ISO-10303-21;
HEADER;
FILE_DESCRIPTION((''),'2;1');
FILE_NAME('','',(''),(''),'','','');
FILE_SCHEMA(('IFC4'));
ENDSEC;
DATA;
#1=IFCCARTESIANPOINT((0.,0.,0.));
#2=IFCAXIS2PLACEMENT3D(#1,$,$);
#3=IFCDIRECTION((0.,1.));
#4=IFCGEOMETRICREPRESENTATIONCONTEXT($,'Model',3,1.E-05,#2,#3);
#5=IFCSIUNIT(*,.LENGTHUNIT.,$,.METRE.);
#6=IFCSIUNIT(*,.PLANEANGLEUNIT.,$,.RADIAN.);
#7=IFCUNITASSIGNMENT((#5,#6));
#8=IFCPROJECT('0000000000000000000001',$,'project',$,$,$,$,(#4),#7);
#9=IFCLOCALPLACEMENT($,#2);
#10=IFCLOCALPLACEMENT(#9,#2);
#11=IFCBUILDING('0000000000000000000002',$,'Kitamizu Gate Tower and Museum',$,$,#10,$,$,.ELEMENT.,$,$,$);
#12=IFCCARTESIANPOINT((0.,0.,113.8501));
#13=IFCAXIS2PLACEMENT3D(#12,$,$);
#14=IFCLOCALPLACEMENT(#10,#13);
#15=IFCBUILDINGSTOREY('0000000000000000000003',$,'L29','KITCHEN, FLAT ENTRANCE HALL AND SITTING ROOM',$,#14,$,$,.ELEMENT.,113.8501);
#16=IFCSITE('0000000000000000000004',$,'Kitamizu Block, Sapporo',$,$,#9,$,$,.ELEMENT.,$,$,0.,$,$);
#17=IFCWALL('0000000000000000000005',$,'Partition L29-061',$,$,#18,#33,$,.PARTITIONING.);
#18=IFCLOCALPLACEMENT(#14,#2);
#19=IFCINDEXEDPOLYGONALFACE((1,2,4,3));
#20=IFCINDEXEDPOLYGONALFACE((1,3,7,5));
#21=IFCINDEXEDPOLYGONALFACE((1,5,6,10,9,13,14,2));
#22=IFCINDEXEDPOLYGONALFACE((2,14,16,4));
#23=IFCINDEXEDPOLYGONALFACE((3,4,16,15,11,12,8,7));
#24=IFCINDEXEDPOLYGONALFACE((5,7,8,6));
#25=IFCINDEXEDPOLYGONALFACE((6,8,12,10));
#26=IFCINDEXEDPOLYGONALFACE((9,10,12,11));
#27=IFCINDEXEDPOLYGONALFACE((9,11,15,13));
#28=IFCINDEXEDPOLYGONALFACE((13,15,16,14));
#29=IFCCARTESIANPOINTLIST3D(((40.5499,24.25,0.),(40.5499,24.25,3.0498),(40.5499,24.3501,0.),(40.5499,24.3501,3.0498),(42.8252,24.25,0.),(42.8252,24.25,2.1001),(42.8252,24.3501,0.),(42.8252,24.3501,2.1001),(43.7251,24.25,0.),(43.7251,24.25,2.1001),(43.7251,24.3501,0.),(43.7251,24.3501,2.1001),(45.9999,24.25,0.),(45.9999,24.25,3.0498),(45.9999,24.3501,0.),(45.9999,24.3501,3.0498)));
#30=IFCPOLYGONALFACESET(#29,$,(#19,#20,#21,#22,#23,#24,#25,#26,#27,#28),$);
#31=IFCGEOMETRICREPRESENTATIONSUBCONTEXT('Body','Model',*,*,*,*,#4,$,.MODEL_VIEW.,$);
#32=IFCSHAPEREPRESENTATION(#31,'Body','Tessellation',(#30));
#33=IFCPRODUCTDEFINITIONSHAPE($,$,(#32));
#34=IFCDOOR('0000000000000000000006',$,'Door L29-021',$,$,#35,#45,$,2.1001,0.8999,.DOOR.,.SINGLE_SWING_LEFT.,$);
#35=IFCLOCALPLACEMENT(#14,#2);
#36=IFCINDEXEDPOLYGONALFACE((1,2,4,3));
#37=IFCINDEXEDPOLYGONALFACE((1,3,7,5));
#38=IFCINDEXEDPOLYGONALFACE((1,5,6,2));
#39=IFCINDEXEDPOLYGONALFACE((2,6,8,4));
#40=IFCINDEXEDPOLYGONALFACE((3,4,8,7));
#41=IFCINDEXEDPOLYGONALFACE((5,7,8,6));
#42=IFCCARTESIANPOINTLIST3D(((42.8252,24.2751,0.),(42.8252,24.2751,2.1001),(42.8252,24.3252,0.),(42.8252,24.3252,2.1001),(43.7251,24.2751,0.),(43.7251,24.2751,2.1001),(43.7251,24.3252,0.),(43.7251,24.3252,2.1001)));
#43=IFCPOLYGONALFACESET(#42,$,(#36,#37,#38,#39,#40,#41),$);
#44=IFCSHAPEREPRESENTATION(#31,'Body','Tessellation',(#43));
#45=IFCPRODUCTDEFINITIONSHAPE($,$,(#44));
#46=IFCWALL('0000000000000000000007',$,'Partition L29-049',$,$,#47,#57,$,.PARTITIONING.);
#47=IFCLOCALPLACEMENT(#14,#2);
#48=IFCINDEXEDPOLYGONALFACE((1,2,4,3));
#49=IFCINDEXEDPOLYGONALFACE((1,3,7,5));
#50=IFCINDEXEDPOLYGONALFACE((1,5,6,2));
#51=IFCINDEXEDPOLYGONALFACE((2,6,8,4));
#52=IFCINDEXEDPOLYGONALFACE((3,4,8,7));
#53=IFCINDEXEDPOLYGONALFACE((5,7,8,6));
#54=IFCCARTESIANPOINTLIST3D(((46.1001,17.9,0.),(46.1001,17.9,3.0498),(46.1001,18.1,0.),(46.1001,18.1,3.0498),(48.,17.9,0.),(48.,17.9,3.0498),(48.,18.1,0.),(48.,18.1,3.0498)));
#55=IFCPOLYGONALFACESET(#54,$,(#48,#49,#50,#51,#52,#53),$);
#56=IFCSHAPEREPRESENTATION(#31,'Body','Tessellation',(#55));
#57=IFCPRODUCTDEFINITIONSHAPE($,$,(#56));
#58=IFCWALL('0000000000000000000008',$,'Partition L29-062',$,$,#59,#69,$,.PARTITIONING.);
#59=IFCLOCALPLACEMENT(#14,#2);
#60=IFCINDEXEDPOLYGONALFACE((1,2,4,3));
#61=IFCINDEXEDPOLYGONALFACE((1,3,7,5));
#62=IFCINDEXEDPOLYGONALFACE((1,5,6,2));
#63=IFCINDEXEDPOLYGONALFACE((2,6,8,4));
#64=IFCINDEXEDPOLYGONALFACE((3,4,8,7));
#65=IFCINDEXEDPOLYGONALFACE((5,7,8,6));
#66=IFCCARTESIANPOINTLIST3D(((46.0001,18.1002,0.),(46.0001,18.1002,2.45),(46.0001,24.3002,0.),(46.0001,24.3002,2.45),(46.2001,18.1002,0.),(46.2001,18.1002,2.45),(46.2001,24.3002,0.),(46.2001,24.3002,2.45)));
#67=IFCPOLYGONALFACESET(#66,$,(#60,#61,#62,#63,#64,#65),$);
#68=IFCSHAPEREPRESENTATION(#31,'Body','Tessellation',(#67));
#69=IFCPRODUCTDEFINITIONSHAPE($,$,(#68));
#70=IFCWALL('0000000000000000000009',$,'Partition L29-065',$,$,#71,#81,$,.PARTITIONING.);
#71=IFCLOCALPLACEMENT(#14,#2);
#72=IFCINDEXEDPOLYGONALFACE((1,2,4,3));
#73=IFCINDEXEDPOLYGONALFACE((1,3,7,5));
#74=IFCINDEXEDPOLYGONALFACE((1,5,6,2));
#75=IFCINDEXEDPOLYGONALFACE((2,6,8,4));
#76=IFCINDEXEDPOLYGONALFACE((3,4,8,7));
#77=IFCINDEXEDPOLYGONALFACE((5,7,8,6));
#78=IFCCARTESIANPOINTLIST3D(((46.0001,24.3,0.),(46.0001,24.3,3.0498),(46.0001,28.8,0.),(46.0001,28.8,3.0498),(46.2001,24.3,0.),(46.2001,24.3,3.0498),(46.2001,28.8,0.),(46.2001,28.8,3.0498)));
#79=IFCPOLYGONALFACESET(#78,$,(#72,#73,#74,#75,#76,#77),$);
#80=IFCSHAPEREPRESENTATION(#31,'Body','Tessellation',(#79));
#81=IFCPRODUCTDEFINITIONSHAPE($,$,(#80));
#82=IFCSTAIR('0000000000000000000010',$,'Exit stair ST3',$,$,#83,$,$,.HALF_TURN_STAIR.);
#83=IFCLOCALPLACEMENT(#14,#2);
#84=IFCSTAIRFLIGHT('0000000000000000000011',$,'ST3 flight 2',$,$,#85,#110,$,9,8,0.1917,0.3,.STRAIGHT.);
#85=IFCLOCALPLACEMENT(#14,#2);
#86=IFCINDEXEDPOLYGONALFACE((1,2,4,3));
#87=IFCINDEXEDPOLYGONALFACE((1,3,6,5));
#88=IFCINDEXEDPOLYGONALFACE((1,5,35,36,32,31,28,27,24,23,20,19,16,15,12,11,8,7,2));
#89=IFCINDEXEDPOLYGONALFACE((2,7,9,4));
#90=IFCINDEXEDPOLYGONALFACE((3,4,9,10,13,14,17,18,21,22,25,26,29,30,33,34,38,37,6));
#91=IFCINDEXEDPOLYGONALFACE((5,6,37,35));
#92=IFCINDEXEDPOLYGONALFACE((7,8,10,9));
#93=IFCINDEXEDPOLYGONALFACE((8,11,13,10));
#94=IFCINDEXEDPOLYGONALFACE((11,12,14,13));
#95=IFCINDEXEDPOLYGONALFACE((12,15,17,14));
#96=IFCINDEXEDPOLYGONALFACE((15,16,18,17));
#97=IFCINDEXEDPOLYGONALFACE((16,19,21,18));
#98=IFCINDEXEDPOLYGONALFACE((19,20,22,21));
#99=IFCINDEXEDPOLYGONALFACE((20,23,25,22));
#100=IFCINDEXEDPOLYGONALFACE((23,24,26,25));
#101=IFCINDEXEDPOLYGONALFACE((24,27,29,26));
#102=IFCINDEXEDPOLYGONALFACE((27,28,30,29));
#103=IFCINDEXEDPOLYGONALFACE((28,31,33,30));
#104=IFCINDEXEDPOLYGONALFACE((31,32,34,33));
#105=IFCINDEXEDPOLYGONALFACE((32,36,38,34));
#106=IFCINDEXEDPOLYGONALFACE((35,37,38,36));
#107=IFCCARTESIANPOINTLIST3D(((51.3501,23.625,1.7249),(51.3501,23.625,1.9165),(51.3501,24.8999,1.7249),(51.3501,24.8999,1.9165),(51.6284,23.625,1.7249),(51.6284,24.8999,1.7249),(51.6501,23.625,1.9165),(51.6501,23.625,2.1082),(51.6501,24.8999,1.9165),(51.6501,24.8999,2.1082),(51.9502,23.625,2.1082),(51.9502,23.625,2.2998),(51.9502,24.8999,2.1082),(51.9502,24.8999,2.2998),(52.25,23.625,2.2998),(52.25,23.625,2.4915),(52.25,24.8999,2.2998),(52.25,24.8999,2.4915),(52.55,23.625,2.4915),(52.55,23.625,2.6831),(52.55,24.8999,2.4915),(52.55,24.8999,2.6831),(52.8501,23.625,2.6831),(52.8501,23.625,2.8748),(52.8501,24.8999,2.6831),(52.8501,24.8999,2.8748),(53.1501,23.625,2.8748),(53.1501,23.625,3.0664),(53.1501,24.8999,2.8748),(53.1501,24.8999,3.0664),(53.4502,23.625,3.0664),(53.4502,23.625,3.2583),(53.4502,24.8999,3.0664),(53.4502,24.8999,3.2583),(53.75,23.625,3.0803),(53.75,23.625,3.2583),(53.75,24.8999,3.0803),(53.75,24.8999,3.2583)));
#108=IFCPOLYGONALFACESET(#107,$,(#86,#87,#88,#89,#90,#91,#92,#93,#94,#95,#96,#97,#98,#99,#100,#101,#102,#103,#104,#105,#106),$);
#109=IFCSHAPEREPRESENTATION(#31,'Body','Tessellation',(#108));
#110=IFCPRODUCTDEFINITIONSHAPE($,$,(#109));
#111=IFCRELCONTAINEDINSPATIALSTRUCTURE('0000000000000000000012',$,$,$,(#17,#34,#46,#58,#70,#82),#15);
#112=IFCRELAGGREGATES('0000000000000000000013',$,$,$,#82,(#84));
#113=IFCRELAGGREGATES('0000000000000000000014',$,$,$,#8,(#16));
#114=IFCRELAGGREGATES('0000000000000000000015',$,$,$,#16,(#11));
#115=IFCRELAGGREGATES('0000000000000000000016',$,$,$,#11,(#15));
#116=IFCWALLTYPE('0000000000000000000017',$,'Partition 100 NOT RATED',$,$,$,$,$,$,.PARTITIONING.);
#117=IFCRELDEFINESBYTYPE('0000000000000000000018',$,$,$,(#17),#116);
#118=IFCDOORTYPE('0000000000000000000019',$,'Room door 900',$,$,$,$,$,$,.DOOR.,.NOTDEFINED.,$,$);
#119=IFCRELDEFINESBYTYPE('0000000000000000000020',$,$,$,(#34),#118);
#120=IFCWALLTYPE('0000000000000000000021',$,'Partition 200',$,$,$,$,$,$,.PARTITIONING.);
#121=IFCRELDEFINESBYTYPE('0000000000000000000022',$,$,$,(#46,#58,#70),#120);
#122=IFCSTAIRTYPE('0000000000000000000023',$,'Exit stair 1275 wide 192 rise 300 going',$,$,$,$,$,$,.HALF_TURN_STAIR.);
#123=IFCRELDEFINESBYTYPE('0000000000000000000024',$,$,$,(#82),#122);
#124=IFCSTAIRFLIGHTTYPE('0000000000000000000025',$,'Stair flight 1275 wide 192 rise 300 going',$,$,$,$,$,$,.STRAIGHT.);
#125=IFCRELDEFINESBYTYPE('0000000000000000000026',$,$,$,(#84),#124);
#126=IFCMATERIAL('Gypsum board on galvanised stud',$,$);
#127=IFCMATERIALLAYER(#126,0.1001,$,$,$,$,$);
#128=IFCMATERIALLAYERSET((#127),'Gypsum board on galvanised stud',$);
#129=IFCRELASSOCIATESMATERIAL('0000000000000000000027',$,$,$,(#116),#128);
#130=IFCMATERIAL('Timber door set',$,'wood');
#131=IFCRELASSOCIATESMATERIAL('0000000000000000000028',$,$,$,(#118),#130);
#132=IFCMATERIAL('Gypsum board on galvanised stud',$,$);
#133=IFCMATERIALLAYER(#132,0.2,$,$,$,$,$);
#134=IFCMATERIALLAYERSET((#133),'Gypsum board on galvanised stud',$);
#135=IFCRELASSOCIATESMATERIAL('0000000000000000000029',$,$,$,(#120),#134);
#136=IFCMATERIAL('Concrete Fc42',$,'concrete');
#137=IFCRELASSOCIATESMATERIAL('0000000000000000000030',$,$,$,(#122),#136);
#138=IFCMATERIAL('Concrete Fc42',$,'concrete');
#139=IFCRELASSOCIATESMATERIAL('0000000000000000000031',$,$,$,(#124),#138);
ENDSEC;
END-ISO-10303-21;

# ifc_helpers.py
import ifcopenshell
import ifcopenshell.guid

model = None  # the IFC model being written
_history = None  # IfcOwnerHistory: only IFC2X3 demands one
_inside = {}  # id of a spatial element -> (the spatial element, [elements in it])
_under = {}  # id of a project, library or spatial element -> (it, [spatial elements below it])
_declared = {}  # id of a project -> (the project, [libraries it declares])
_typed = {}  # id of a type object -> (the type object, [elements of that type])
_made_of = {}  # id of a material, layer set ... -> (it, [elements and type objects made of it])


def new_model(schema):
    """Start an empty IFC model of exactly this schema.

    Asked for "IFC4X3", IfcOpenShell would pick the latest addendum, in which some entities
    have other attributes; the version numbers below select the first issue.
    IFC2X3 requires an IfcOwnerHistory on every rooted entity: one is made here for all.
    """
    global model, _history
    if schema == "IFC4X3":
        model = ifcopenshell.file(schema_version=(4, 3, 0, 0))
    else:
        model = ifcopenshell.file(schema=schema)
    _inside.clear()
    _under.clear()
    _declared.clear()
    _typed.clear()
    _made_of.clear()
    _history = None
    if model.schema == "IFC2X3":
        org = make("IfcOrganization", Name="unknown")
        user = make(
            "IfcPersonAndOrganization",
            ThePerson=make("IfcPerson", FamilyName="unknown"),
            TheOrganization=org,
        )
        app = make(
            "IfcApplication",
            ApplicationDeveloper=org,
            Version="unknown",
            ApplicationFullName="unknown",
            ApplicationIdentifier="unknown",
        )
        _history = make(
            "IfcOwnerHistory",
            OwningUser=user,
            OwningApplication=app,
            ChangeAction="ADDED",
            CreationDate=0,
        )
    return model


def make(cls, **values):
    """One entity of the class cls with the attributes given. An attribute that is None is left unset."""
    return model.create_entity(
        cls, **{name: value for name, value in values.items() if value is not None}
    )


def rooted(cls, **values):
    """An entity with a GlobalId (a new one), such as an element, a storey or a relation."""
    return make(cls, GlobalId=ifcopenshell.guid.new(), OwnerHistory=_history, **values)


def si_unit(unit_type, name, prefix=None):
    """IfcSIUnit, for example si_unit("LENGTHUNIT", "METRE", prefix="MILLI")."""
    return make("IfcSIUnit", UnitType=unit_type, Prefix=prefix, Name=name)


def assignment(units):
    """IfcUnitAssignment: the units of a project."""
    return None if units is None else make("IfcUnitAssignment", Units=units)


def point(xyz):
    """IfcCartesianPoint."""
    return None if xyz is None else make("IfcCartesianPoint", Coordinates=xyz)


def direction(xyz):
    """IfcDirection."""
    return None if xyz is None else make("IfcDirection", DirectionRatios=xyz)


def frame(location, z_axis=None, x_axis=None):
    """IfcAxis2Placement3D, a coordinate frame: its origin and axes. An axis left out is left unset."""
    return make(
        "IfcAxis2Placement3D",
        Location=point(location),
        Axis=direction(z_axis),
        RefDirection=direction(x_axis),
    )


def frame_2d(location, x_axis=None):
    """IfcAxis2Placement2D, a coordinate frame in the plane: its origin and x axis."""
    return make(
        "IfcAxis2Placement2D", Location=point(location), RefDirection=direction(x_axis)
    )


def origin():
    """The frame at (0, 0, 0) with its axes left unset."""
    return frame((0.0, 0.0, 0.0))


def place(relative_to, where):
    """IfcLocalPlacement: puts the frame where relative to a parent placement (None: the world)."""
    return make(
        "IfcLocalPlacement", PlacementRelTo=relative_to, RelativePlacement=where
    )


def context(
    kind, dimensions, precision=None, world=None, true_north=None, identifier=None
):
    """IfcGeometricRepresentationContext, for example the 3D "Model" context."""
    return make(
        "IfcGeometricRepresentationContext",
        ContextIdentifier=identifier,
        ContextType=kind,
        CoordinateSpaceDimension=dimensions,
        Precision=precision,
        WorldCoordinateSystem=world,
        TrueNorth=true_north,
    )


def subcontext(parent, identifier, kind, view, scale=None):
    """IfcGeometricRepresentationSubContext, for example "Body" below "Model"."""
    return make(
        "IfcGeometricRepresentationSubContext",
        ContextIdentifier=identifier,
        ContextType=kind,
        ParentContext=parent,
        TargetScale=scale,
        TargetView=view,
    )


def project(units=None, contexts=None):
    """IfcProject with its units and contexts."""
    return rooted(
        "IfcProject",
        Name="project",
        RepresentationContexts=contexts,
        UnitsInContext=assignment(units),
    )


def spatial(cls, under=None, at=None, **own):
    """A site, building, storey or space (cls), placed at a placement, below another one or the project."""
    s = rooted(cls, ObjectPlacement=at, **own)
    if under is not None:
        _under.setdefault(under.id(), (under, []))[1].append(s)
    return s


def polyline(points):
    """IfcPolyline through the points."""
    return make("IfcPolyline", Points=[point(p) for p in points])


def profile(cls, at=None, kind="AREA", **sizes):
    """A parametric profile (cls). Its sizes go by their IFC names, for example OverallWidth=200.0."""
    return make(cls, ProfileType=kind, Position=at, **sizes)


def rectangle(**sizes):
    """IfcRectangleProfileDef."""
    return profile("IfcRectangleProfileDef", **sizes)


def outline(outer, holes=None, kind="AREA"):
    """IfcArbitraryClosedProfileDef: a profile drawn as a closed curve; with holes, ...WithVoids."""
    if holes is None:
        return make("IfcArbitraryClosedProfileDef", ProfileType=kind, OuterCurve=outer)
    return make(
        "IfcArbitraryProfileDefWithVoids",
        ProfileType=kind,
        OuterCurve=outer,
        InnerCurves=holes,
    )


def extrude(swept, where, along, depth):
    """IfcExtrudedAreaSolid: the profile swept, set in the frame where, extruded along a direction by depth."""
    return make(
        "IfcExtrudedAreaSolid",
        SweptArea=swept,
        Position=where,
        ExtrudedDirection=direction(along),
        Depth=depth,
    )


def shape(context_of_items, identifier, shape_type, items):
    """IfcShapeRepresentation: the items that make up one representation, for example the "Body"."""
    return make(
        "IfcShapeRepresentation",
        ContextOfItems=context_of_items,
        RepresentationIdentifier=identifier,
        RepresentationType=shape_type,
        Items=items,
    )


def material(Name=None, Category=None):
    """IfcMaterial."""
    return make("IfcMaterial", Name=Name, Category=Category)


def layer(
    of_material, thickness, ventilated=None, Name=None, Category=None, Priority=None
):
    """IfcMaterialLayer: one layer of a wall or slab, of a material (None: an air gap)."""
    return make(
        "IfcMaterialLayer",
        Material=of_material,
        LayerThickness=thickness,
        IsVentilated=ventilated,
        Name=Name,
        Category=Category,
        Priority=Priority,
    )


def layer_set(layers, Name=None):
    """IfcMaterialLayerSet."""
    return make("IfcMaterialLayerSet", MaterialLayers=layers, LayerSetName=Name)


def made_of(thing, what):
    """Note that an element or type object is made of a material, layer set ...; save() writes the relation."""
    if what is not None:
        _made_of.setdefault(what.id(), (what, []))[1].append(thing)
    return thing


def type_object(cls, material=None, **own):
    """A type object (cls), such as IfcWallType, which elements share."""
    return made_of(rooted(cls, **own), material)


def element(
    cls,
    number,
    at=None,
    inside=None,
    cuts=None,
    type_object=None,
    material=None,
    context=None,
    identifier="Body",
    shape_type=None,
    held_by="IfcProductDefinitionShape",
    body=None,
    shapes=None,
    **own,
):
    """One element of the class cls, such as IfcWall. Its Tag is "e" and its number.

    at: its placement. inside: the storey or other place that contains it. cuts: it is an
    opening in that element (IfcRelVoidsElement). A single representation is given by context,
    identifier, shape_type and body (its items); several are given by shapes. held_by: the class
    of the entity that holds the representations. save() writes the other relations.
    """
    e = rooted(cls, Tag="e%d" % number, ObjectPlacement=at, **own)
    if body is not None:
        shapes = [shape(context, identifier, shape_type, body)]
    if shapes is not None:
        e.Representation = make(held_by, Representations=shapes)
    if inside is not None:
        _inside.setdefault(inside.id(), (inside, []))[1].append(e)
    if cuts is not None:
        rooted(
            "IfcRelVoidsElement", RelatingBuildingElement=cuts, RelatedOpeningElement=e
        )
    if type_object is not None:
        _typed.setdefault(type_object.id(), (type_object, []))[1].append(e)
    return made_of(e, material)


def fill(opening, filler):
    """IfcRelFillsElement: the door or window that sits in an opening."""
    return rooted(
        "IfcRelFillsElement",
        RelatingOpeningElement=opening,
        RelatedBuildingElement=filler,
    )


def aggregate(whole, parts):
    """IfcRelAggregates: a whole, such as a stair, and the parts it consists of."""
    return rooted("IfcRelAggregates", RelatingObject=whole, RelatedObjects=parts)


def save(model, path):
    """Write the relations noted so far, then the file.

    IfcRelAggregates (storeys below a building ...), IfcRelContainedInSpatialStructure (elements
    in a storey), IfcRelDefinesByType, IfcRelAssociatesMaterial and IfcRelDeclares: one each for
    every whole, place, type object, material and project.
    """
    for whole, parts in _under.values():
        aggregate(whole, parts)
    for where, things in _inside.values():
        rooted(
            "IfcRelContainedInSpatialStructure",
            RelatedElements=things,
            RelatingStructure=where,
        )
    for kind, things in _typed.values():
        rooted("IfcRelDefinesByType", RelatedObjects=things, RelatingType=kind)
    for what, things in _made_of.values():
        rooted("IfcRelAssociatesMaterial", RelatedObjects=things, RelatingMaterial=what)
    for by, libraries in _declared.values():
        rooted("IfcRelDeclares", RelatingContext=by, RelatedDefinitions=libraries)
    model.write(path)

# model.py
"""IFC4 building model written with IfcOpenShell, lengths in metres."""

from ifc_helpers import new_model, si_unit, direction, frame, frame_2d, origin, place, context, subcontext, project, spatial, polyline, rectangle, outline, extrude, material, layer, layer_set, type_object, element, fill, aggregate, save


model = new_model("IFC4")

# Units and contexts
model_context = context("Model", 3, precision=1e-05, world=origin(), true_north=direction((0.0, 1.0)))
body_context = subcontext(model_context, "Body", "Model", "MODEL_VIEW")
ifc_project = project(units=[si_unit("LENGTHUNIT", "METRE"), si_unit("PLANEANGLEUNIT", "RADIAN")], contexts=[model_context])

# Site, building, storey
site_placement = place(None, origin())
site = spatial("IfcSite", under=ifc_project, at=site_placement, Name="Kitamizu Block, Sapporo", CompositionType="ELEMENT", RefElevation=0.0)
building_placement = place(site_placement, origin())
building = spatial("IfcBuilding", under=site, at=building_placement, Name="Kitamizu Gate Tower and Museum", CompositionType="ELEMENT")
storey_placement = place(building_placement, frame((0.0, 0.0, 113.8501)))
storey = spatial("IfcBuildingStorey", under=building, at=storey_placement, Name="L29", Description="KITCHEN, FLAT ENTRANCE HALL AND SITTING ROOM", CompositionType="ELEMENT", Elevation=113.8501)

# Shared definitions
ifc_material_1 = material(Name="Gypsum board on galvanised stud")
ifc_layer_1 = layer(ifc_material_1, 0.1001)
ifc_layer_set_1 = layer_set([ifc_layer_1], Name="Gypsum board on galvanised stud")
wall_type_1 = type_object("IfcWallType", Name="Partition 100 NOT RATED", PredefinedType="PARTITIONING", material=ifc_layer_set_1)
ifc_material_2 = material(Name="Timber door set", Category="wood")
door_type_1 = type_object("IfcDoorType", Name="Room door 900", OperationType="NOTDEFINED", PredefinedType="DOOR", material=ifc_material_2)

# Wall, opening, door
wall_1_placement = place(storey_placement, frame((46.0, 24.3, 0.0), z_axis=(0.0, 0.0, 1.0), x_axis=(-1.0, 0.0, 0.0)))
wall_1 = element("IfcWall", 1, at=wall_1_placement, inside=storey, type_object=wall_type_1, Name="Partition L29-061", PredefinedType="PARTITIONING", context=body_context, shape_type="SweptSolid", body=[
    extrude(rectangle(XDim=5.45, YDim=0.1001, at=frame_2d((2.7251, 0.0))), origin(), (0.0, 0.0, 1.0), 3.0498),
])
opening_1_placement = place(wall_1_placement, frame((2.2749, 0.0, 0.0)))
opening_1 = element("IfcOpeningElement", 2, at=opening_1_placement, cuts=wall_1, PredefinedType="OPENING", context=body_context, shape_type="SweptSolid", body=[
    extrude(rectangle(XDim=0.8999, YDim=2.1001, at=frame_2d((0.45, 1.05))), frame((0.0, 0.0601, 0.0), z_axis=(0.0, -1.0, 0.0), x_axis=(1.0, 0.0, 0.0)), (0.0, 0.0, 1.0), 0.1201),
])
door_1_placement = place(opening_1_placement, origin())
door_1 = element("IfcDoor", 3, at=door_1_placement, inside=storey, type_object=door_type_1, Name="Door L29-021", OperationType="SINGLE_SWING_LEFT", OverallHeight=2.1001, OverallWidth=0.8999, PredefinedType="DOOR", context=body_context, shape_type="SweptSolid", body=[
    extrude(rectangle(XDim=0.8999, YDim=2.1001, at=frame_2d((0.45, 1.05))), frame((0.0, 0.0249, 0.0), z_axis=(0.0, -1.0, 0.0), x_axis=(1.0, 0.0, 0.0)), (0.0, 0.0, 1.0), 0.05),
])
fill(opening_1, door_1)

# Walls
ifc_material_3 = material(Name="Gypsum board on galvanised stud")
ifc_layer_2 = layer(ifc_material_3, 0.2)
ifc_layer_set_2 = layer_set([ifc_layer_2], Name="Gypsum board on galvanised stud")
wall_type_2 = type_object("IfcWallType", Name="Partition 200", PredefinedType="PARTITIONING", material=ifc_layer_set_2)
wall_2_placement = place(storey_placement, frame((48.0, 18.0, 0.0), z_axis=(0.0, 0.0, 1.0), x_axis=(-1.0, 0.0, 0.0)))
element("IfcWall", 4, at=wall_2_placement, inside=storey, type_object=wall_type_2, Name="Partition L29-049", PredefinedType="PARTITIONING", context=body_context, shape_type="SweptSolid", body=[
    extrude(rectangle(XDim=1.8999, YDim=0.2, at=frame_2d((0.95, 0.0))), origin(), (0.0, 0.0, 1.0), 3.0498),
])
wall_3_placement = place(storey_placement, frame((46.1001, 18.1001, 0.0), z_axis=(0.0, 0.0, 1.0), x_axis=(0.0, 1.0, 0.0)))
element("IfcWall", 5, at=wall_3_placement, inside=storey, type_object=wall_type_2, Name="Partition L29-062", PredefinedType="PARTITIONING", context=body_context, shape_type="SweptSolid", body=[
    extrude(rectangle(XDim=6.2, YDim=0.2, at=frame_2d((3.1001, 0.0))), origin(), (0.0, 0.0, 1.0), 2.45),
])
wall_4_placement = place(storey_placement, frame((46.1001, 24.3, 0.0), z_axis=(0.0, 0.0, 1.0), x_axis=(0.0, 1.0, 0.0)))
element("IfcWall", 6, at=wall_4_placement, inside=storey, type_object=wall_type_2, Name="Partition L29-065", PredefinedType="PARTITIONING", context=body_context, shape_type="SweptSolid", body=[
    extrude(rectangle(XDim=4.5, YDim=0.2, at=frame_2d((2.25, 0.0))), origin(), (0.0, 0.0, 1.0), 3.0498),
])

# Stair, stair flight
ifc_material_4 = material(Name="Concrete Fc42", Category="concrete")
stair_type = type_object("IfcStairType", Name="Exit stair 1275 wide 192 rise 300 going", PredefinedType="HALF_TURN_STAIR", material=ifc_material_4)
stair_placement = place(storey_placement, origin())
stair = element("IfcStair", 7, at=stair_placement, inside=storey, type_object=stair_type, Name="Exit stair ST3", PredefinedType="HALF_TURN_STAIR")
ifc_material_5 = material(Name="Concrete Fc42", Category="concrete")
stair_flight_type = type_object("IfcStairFlightType", Name="Stair flight 1275 wide 192 rise 300 going", PredefinedType="STRAIGHT", material=ifc_material_5)
stair_flight_placement = place(storey_placement, frame((51.3501, 24.2625, 1.7249), z_axis=(0.0, 0.0, 1.0), x_axis=(1.0, 0.0, 0.0)))
stair_flight = element("IfcStairFlight", 8, at=stair_flight_placement, type_object=stair_flight_type, Name="ST3 flight 2", NumberOfRisers=9, NumberOfTreads=8, PredefinedType="STRAIGHT", RiserHeight=0.1917, TreadLength=0.3, context=body_context, shape_type="SweptSolid", body=[
    extrude(outline(polyline([(0.0, 0.0), (0.0, 0.1917), (0.3, 0.1917), (0.3, 0.3833), (0.6001, 0.3833), (0.6001, 0.575), (0.8999, 0.575), (0.8999, 0.7666), (1.2, 0.7666), (1.2, 0.9583), (1.5, 0.9583), (1.5, 1.1499), (1.8, 1.1499), (1.8, 1.3416), (2.1001, 1.3416), (2.1001, 1.5334), (2.3999, 1.5334), (2.3999, 1.7251), (2.3999, 1.3555), (0.2783, 0.0), (0.0, 0.0)])), frame((0.0, 0.6375, 0.0), z_axis=(0.0, -1.0, 0.0), x_axis=(1.0, 0.0, 0.0)), (0.0, 0.0, 1.0), 1.2749),
])
aggregate(stair, [stair_flight])

save(model, "model.ifc")
